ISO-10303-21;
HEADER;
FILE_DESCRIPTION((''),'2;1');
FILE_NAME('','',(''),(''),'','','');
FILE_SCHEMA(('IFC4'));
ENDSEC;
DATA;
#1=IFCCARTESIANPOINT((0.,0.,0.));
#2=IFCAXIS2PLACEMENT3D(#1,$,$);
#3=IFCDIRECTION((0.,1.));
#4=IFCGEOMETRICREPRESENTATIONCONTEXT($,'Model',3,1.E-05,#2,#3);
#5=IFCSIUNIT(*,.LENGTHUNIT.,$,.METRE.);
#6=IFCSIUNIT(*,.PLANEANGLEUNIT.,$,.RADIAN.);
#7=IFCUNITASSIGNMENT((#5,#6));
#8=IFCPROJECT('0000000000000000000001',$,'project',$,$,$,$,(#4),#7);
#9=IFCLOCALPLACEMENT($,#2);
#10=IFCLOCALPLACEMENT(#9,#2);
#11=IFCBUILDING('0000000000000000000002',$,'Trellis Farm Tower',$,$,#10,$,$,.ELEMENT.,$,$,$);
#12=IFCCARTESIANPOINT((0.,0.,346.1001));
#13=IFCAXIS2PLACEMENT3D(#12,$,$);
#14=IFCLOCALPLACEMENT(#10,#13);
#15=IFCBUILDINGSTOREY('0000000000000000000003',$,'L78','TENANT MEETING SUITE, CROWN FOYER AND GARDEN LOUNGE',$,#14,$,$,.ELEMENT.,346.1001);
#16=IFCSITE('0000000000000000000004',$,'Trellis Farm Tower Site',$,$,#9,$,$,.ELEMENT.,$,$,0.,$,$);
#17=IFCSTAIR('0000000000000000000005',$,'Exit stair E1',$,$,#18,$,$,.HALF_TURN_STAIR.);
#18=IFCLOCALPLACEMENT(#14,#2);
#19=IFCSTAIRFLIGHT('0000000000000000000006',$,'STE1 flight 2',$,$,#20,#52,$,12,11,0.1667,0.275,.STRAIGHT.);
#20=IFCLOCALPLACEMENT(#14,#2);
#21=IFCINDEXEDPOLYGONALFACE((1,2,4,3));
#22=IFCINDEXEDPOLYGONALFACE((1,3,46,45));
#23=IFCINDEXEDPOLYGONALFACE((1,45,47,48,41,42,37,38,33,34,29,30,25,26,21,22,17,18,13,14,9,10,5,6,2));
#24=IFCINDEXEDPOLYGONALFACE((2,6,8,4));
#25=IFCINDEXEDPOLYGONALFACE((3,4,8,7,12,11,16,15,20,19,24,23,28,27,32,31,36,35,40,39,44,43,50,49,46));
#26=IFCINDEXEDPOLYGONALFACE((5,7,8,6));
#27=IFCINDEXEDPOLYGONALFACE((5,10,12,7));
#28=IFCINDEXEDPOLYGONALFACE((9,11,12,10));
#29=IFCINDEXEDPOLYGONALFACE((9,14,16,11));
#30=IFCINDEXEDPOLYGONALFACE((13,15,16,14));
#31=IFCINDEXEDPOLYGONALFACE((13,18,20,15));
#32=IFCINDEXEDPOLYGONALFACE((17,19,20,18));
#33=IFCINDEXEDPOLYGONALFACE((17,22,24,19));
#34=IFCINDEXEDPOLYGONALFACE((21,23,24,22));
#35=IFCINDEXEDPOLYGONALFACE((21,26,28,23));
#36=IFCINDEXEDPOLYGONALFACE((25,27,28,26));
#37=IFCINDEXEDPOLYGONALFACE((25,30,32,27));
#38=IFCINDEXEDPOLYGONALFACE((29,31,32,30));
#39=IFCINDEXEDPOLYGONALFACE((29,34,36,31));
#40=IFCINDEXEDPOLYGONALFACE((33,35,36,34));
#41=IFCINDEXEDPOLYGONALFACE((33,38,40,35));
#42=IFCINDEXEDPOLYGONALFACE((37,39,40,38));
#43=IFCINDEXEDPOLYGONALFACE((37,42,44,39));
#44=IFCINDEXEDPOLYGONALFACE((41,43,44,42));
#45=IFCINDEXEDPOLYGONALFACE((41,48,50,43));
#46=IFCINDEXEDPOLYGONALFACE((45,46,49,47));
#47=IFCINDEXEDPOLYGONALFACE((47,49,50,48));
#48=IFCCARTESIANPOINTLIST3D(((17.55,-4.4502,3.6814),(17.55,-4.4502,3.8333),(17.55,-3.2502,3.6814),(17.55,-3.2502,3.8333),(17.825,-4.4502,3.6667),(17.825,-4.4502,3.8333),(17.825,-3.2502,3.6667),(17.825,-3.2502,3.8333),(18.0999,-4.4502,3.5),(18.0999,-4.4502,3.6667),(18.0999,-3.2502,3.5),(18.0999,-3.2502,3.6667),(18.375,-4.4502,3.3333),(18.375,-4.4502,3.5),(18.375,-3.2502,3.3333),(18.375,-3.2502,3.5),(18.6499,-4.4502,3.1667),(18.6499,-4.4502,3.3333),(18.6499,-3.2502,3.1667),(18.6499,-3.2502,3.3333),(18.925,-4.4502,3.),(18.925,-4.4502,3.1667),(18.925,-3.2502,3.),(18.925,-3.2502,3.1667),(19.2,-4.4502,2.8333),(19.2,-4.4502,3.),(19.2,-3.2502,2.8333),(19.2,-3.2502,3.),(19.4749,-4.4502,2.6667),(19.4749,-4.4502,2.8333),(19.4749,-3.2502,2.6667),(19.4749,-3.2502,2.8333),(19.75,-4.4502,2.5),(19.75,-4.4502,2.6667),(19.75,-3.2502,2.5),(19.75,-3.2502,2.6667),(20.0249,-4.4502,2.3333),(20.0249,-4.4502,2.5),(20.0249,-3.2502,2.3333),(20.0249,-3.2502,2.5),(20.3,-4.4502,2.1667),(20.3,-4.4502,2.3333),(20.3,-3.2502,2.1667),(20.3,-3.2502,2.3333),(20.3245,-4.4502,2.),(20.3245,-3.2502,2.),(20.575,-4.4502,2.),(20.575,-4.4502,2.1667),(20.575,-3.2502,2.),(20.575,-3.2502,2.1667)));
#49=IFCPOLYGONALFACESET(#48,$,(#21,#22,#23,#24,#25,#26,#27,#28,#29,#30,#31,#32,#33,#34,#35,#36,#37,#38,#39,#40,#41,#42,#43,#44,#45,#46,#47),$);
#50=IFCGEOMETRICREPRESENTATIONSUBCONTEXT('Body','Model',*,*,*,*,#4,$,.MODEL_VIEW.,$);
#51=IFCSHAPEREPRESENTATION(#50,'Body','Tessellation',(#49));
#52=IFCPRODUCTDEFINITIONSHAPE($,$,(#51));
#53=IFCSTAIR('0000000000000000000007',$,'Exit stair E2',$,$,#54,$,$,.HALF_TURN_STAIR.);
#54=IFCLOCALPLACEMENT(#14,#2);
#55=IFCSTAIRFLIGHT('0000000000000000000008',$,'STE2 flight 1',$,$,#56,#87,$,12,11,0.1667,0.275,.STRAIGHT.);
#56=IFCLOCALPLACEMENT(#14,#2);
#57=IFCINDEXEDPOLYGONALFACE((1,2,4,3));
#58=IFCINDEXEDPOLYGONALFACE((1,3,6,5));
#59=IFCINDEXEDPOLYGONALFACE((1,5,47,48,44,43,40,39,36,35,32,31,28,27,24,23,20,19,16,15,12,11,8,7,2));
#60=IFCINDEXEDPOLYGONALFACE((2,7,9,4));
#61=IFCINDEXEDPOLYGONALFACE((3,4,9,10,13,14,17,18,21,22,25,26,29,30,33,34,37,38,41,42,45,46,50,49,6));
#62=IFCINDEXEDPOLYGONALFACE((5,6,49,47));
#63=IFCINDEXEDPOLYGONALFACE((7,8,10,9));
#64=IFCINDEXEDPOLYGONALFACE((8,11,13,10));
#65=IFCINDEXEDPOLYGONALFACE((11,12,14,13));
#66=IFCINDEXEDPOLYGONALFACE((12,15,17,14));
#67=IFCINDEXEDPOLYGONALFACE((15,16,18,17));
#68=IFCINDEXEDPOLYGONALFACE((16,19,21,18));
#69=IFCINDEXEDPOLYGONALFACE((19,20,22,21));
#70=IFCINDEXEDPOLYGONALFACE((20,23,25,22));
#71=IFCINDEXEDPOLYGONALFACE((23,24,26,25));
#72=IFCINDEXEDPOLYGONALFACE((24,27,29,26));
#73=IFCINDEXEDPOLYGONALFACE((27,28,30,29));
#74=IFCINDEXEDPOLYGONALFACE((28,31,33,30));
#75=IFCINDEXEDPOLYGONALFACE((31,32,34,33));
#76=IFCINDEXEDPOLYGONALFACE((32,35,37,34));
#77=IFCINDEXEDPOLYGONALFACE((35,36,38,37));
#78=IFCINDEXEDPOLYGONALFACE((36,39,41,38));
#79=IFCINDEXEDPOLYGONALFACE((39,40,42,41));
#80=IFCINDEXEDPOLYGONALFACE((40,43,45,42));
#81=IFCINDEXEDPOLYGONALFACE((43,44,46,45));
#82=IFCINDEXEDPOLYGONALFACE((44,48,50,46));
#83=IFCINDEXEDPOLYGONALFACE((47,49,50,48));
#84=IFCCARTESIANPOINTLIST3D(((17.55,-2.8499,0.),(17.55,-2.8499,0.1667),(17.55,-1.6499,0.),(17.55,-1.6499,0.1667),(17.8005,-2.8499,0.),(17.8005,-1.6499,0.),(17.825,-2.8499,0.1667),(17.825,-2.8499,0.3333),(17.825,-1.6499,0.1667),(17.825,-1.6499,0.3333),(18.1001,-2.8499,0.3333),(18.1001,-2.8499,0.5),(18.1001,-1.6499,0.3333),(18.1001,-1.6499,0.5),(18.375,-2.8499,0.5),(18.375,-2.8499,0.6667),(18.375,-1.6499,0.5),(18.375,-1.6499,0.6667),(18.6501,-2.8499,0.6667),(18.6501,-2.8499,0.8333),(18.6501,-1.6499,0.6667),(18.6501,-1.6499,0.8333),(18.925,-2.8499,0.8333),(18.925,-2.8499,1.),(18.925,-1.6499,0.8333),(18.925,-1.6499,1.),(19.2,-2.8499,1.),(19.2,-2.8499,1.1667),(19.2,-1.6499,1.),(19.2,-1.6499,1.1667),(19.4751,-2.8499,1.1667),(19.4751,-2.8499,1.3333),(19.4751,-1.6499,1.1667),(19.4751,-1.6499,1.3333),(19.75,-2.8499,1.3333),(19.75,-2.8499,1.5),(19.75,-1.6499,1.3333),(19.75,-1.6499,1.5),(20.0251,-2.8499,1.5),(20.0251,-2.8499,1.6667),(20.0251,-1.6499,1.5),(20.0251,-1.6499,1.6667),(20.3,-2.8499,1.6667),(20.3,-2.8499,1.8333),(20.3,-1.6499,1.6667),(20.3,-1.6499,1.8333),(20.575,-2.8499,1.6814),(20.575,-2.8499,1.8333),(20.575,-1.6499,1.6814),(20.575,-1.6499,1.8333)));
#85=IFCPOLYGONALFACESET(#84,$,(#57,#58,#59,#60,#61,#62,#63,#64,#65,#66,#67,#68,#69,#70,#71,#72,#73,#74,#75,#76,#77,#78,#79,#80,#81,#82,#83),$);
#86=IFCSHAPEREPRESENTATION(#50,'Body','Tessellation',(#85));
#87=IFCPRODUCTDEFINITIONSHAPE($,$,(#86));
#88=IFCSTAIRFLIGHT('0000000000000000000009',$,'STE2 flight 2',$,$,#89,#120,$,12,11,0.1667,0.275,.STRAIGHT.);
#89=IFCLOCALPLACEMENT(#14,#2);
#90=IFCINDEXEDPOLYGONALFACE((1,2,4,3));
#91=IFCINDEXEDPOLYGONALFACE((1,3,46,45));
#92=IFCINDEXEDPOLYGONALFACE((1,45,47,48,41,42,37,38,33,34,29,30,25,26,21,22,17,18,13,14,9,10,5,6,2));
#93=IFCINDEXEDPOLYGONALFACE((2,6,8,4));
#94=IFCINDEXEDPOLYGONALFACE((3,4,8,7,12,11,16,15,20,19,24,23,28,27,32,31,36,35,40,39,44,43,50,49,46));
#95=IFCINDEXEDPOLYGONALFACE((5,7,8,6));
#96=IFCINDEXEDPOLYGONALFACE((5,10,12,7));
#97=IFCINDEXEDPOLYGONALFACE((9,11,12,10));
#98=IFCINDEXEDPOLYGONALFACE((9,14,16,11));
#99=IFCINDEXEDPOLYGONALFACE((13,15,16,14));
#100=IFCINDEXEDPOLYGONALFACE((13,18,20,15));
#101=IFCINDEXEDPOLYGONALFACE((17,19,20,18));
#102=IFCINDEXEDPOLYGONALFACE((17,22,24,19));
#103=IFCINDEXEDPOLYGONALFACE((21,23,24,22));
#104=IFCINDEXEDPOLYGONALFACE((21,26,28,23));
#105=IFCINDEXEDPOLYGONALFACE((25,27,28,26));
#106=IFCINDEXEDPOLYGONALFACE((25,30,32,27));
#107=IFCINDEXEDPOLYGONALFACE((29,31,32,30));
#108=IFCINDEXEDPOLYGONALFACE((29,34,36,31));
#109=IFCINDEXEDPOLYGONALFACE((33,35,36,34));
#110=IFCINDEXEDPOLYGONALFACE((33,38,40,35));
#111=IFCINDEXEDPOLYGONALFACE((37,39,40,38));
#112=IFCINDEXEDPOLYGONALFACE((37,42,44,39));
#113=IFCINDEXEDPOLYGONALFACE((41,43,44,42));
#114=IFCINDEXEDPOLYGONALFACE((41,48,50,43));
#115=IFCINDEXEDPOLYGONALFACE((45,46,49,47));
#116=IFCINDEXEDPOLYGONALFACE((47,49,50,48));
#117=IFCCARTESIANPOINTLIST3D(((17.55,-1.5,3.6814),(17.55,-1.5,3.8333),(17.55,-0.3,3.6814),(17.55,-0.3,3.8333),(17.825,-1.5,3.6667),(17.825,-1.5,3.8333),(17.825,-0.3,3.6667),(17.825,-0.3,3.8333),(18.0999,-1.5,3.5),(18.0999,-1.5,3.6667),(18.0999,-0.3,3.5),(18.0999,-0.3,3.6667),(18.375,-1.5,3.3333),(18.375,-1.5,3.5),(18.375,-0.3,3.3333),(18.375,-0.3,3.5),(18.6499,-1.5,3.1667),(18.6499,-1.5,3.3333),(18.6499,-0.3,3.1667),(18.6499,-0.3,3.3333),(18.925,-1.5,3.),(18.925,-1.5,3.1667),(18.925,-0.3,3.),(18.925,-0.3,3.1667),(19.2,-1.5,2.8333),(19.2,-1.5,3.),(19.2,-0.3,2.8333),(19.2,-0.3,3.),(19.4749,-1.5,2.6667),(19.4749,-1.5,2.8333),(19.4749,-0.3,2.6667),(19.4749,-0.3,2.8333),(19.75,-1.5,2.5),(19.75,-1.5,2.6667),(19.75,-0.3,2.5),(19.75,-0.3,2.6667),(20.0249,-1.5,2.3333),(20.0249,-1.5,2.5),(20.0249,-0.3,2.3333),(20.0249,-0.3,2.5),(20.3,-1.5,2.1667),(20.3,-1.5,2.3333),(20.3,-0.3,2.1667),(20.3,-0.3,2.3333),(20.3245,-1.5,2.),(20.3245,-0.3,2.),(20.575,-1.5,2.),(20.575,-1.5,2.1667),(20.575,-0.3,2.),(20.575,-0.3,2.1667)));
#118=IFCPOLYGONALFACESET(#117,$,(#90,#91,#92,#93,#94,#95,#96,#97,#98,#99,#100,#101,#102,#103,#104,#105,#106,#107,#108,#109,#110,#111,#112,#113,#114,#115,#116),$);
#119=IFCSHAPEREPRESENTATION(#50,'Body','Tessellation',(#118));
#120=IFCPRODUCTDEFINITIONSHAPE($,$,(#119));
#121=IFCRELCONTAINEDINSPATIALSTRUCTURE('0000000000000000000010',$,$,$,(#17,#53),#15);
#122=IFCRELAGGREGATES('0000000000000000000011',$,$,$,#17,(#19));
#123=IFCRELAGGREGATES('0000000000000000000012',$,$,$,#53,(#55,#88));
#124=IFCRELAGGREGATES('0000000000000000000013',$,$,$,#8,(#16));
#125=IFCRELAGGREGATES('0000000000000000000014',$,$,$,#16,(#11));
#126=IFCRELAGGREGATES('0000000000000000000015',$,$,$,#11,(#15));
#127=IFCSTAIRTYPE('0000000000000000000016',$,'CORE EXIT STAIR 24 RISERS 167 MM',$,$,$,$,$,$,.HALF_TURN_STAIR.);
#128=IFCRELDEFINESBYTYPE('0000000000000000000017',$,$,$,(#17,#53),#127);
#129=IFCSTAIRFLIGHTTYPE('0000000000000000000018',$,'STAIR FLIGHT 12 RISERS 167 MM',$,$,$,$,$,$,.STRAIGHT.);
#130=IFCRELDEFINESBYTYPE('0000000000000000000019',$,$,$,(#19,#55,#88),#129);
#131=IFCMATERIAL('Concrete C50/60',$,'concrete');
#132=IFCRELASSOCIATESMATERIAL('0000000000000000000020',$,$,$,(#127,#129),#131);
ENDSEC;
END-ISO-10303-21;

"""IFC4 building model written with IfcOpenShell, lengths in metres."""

from ifc_helpers import new_model, si_unit, direction, frame, origin, place, context, subcontext, project, spatial, polyline, outline, extrude, source, transform, mapped, material, type_object, element, aggregate, save


model = new_model("IFC4")

# Units and contexts
model_context = context("Model", 3, precision=1e-05, world=origin(), true_north=direction((0.0, 1.0)))
body_context = subcontext(model_context, "Body", "Model", "MODEL_VIEW")
ifc_project = project(units=[si_unit("LENGTHUNIT", "METRE"), si_unit("PLANEANGLEUNIT", "RADIAN")], contexts=[model_context])

# Site, building, storey
site_placement = place(None, origin())
site = spatial("IfcSite", under=ifc_project, at=site_placement, Name="Trellis Farm Tower Site", CompositionType="ELEMENT", RefElevation=0.0)
building_placement = place(site_placement, origin())
building = spatial("IfcBuilding", under=site, at=building_placement, Name="Trellis Farm Tower", CompositionType="ELEMENT")
storey_placement = place(building_placement, frame((0.0, 0.0, 346.1001)))
storey = spatial("IfcBuildingStorey", under=building, at=storey_placement, Name="L78", Description="TENANT MEETING SUITE, CROWN FOYER AND GARDEN LOUNGE", CompositionType="ELEMENT", Elevation=346.1001)

# Shared definitions
ifc_material_1 = material(Name="Concrete C50/60", Category="concrete")

# Stairs, stair flights
stair_type = type_object("IfcStairType", Name="CORE EXIT STAIR 24 RISERS 167 MM", PredefinedType="HALF_TURN_STAIR", material=ifc_material_1)
placement = place(storey_placement, origin())
stair_1 = element("IfcStair", 1, at=placement, inside=storey, type_object=stair_type, Name="Exit stair E1", PredefinedType="HALF_TURN_STAIR")
stair_flight_type = type_object("IfcStairFlightType", Name="STAIR FLIGHT 12 RISERS 167 MM", PredefinedType="STRAIGHT", material=ifc_material_1)
shared_shape_1 = source(origin(), body_context, "Body", "SweptSolid", [
    extrude(outline(polyline([(0.0, 0.0), (0.0, 0.1667), (0.2749, 0.1667), (0.2749, 0.3333), (0.55, 0.3333), (0.55, 0.5), (0.825, 0.5), (0.825, 0.6667), (1.1001, 0.6667), (1.1001, 0.8333), (1.375, 0.8333), (1.375, 1.0), (1.6499, 1.0), (1.6499, 1.1667), (1.925, 1.1667), (1.925, 1.3333), (2.2, 1.3333), (2.2, 1.5), (2.4751, 1.5), (2.4751, 1.6667), (2.75, 1.6667), (2.75, 1.8333), (3.0249, 1.8333), (3.0249, 2.0), (3.0249, 1.6814), (0.2505, 0.0), (0.0, 0.0)])), frame((0.0, 0.6001, 0.0), z_axis=(0.0, -1.0, 0.0), x_axis=(1.0, 0.0, 0.0)), (0.0, 0.0, 1.0), 1.2),
])
stair_flight_1_placement = place(storey_placement, frame((20.575, -3.8501, 2.0), z_axis=(0.0, 0.0, 1.0), x_axis=(-1.0, 0.0, 0.0)))
stair_flight_1 = element("IfcStairFlight", 2, at=stair_flight_1_placement, type_object=stair_flight_type, Name="STE1 flight 2", NumberOfRisers=12, NumberOfTreads=11, PredefinedType="STRAIGHT", RiserHeight=0.1667, TreadLength=0.275, context=body_context, shape_type="MappedRepresentation", body=[
    mapped(shared_shape_1, transform((0.0, 0.0, 0.0))),
])
aggregate(stair_1, [stair_flight_1])
stair_2 = element("IfcStair", 3, at=placement, inside=storey, type_object=stair_type, Name="Exit stair E2", PredefinedType="HALF_TURN_STAIR")
stair_flight_2_placement = place(storey_placement, frame((17.55, -2.25, 0.0), z_axis=(0.0, 0.0, 1.0), x_axis=(1.0, 0.0, 0.0)))
stair_flight_2 = element("IfcStairFlight", 4, at=stair_flight_2_placement, type_object=stair_flight_type, Name="STE2 flight 1", NumberOfRisers=12, NumberOfTreads=11, PredefinedType="STRAIGHT", RiserHeight=0.1667, TreadLength=0.275, context=body_context, shape_type="MappedRepresentation", body=[
    mapped(shared_shape_1, transform((0.0, 0.0, 0.0))),
])
stair_flight_3_placement = place(storey_placement, frame((20.575, -0.8999, 2.0), z_axis=(0.0, 0.0, 1.0), x_axis=(-1.0, 0.0, 0.0)))
stair_flight_3 = element("IfcStairFlight", 5, at=stair_flight_3_placement, type_object=stair_flight_type, Name="STE2 flight 2", NumberOfRisers=12, NumberOfTreads=11, PredefinedType="STRAIGHT", RiserHeight=0.1667, TreadLength=0.275, context=body_context, shape_type="MappedRepresentation", body=[
    mapped(shared_shape_1, transform((0.0, 0.0, 0.0))),
])
aggregate(stair_2, [stair_flight_2, stair_flight_3])

save(model, "model.ifc")
